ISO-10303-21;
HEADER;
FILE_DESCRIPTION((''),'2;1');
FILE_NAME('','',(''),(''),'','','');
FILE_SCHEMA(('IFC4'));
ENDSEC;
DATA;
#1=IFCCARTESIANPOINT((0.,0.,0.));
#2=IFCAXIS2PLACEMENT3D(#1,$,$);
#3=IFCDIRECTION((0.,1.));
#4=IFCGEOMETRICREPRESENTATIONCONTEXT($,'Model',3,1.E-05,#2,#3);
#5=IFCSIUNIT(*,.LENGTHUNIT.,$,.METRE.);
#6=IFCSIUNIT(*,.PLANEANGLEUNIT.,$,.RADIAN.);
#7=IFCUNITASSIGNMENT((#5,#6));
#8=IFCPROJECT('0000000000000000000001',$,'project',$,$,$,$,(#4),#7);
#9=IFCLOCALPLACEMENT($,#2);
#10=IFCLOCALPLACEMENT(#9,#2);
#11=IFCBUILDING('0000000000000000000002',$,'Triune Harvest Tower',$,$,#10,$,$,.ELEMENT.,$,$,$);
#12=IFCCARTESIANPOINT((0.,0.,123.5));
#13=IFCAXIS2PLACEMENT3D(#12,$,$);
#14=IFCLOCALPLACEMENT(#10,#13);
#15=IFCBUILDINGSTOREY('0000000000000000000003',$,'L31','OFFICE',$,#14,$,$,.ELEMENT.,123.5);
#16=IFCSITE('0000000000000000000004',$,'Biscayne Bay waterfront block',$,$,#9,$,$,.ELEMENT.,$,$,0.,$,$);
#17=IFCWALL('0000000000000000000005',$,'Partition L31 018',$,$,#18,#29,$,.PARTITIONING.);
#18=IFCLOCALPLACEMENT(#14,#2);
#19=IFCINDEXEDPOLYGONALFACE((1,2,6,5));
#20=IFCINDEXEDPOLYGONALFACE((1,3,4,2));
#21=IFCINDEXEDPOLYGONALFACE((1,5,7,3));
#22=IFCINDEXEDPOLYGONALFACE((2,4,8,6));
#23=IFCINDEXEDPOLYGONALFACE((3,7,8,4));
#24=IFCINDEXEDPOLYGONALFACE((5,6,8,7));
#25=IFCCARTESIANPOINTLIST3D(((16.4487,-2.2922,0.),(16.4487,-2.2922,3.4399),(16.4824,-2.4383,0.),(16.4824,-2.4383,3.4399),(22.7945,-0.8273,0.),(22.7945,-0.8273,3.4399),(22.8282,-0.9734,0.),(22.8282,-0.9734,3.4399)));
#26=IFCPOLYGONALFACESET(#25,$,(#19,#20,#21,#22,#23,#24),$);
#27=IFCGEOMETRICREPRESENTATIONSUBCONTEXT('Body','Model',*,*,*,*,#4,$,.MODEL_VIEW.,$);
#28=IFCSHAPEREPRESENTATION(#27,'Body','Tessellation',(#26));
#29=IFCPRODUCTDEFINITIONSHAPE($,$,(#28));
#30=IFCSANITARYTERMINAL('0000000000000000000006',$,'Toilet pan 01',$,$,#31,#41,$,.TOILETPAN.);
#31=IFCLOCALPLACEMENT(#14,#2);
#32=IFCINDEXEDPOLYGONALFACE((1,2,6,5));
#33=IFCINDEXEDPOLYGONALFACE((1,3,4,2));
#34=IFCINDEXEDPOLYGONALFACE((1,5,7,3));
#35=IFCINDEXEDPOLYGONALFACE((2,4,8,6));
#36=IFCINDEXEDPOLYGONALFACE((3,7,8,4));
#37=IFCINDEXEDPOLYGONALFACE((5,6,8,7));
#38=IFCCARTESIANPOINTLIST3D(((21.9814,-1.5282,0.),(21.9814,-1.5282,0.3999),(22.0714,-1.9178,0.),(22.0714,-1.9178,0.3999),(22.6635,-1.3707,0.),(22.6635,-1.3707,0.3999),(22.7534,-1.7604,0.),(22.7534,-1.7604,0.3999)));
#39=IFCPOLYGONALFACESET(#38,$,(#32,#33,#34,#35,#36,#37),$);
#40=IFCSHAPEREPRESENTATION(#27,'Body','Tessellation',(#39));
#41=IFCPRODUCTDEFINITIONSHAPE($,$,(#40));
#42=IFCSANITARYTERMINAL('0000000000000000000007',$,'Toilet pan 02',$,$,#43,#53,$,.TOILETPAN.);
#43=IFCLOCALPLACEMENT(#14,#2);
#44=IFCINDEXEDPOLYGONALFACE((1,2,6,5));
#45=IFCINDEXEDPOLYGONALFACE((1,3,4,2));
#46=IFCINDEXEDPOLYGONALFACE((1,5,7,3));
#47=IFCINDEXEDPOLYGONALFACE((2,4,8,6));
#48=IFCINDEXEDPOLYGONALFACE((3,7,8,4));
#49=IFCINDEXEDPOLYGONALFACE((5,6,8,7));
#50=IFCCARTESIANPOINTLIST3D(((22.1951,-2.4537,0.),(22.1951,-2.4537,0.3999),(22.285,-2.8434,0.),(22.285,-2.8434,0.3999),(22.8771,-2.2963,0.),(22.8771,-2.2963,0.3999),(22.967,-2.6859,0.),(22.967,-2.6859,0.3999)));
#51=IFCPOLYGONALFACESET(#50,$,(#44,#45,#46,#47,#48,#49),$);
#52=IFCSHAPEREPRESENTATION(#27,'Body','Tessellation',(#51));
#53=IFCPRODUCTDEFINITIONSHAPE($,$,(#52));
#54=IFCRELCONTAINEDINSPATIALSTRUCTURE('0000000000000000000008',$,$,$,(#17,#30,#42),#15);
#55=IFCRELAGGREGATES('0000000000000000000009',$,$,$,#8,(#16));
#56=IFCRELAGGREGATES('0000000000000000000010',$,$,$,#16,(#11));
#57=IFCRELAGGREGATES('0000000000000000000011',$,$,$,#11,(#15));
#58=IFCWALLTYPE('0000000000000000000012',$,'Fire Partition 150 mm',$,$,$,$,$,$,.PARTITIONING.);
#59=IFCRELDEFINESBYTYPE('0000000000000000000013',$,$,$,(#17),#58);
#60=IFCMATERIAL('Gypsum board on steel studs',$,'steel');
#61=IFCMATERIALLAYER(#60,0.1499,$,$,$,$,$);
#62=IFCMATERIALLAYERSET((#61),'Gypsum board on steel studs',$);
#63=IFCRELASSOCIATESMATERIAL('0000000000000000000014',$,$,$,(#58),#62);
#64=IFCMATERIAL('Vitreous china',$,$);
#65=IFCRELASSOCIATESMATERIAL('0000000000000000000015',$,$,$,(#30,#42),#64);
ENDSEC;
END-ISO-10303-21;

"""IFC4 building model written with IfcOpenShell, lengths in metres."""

from ifc_helpers import new_model, si_unit, direction, frame, frame_2d, origin, origin_2d, place, context, subcontext, project, spatial, rectangle, extrude, source, transform, mapped, material, layer, layer_set, type_object, element, save


model = new_model("IFC4")

# Units and contexts
model_context = context("Model", 3, precision=1e-05, world=origin(), true_north=direction((0.0, 1.0)))
body_context = subcontext(model_context, "Body", "Model", "MODEL_VIEW")
ifc_project = project(units=[si_unit("LENGTHUNIT", "METRE"), si_unit("PLANEANGLEUNIT", "RADIAN")], contexts=[model_context])

# Site, building, storey
site_placement = place(None, origin())
site = spatial("IfcSite", under=ifc_project, at=site_placement, Name="Biscayne Bay waterfront block", CompositionType="ELEMENT", RefElevation=0.0)
building_placement = place(site_placement, origin())
building = spatial("IfcBuilding", under=site, at=building_placement, Name="Triune Harvest Tower", CompositionType="ELEMENT")
storey_placement = place(building_placement, frame((0.0, 0.0, 123.5)))
storey = spatial("IfcBuildingStorey", under=building, at=storey_placement, Name="L31", Description="OFFICE", CompositionType="ELEMENT", Elevation=123.5)

# Wall
ifc_material_1 = material(Name="Gypsum board on steel studs", Category="steel")
ifc_layer_1 = layer(ifc_material_1, 0.1499)
ifc_layer_set_1 = layer_set([ifc_layer_1], Name="Gypsum board on steel studs")
wall_type = type_object("IfcWallType", Name="Fire Partition 150 mm", PredefinedType="PARTITIONING", material=ifc_layer_set_1)
wall_1_placement = place(storey_placement, frame((16.4656, -2.3652, 0.0), z_axis=(0.0, 0.0, 1.0), x_axis=(0.974376, 0.224925, 0.0)))
element("IfcWall", 1, at=wall_1_placement, inside=storey, type_object=wall_type, Name="Partition L31 018", PredefinedType="PARTITIONING", context=body_context, shape_type="SweptSolid", body=[
    extrude(rectangle(XDim=6.5127, YDim=0.1499, at=frame_2d((3.2563, 0.0))), origin(), (0.0, 0.0, 1.0), 3.4399),
])

# Sanitary terminals
ifc_material_2 = material(Name="Vitreous china")
shared_shape_1 = source(origin(), body_context, "Body", "SweptSolid", [
    extrude(rectangle(XDim=0.3999, YDim=0.7, at=origin_2d()), origin(), (0.0, 0.0, 1.0), 0.3999),
])
for number, where, z_axis, x_axis, name in (
    (2, (22.3674, -1.6443, 0.0), (0.0, 0.0, 1.0), (0.224934, -0.974374, 0.0), "Toilet pan 01"),
    (3, (22.5811, -2.5698, 0.0), (0.0, 0.0, 1.0), (0.224934, -0.974374, 0.0), "Toilet pan 02"),
):
    element("IfcSanitaryTerminal", number, at=place(storey_placement, frame(where, z_axis=z_axis, x_axis=x_axis)), inside=storey, material=ifc_material_2, Name=name, PredefinedType="TOILETPAN", context=body_context, shape_type="MappedRepresentation", body=[
        mapped(shared_shape_1, transform((0.0, 0.0, 0.0), scale=1.0)),
    ])

save(model, "model.ifc")
